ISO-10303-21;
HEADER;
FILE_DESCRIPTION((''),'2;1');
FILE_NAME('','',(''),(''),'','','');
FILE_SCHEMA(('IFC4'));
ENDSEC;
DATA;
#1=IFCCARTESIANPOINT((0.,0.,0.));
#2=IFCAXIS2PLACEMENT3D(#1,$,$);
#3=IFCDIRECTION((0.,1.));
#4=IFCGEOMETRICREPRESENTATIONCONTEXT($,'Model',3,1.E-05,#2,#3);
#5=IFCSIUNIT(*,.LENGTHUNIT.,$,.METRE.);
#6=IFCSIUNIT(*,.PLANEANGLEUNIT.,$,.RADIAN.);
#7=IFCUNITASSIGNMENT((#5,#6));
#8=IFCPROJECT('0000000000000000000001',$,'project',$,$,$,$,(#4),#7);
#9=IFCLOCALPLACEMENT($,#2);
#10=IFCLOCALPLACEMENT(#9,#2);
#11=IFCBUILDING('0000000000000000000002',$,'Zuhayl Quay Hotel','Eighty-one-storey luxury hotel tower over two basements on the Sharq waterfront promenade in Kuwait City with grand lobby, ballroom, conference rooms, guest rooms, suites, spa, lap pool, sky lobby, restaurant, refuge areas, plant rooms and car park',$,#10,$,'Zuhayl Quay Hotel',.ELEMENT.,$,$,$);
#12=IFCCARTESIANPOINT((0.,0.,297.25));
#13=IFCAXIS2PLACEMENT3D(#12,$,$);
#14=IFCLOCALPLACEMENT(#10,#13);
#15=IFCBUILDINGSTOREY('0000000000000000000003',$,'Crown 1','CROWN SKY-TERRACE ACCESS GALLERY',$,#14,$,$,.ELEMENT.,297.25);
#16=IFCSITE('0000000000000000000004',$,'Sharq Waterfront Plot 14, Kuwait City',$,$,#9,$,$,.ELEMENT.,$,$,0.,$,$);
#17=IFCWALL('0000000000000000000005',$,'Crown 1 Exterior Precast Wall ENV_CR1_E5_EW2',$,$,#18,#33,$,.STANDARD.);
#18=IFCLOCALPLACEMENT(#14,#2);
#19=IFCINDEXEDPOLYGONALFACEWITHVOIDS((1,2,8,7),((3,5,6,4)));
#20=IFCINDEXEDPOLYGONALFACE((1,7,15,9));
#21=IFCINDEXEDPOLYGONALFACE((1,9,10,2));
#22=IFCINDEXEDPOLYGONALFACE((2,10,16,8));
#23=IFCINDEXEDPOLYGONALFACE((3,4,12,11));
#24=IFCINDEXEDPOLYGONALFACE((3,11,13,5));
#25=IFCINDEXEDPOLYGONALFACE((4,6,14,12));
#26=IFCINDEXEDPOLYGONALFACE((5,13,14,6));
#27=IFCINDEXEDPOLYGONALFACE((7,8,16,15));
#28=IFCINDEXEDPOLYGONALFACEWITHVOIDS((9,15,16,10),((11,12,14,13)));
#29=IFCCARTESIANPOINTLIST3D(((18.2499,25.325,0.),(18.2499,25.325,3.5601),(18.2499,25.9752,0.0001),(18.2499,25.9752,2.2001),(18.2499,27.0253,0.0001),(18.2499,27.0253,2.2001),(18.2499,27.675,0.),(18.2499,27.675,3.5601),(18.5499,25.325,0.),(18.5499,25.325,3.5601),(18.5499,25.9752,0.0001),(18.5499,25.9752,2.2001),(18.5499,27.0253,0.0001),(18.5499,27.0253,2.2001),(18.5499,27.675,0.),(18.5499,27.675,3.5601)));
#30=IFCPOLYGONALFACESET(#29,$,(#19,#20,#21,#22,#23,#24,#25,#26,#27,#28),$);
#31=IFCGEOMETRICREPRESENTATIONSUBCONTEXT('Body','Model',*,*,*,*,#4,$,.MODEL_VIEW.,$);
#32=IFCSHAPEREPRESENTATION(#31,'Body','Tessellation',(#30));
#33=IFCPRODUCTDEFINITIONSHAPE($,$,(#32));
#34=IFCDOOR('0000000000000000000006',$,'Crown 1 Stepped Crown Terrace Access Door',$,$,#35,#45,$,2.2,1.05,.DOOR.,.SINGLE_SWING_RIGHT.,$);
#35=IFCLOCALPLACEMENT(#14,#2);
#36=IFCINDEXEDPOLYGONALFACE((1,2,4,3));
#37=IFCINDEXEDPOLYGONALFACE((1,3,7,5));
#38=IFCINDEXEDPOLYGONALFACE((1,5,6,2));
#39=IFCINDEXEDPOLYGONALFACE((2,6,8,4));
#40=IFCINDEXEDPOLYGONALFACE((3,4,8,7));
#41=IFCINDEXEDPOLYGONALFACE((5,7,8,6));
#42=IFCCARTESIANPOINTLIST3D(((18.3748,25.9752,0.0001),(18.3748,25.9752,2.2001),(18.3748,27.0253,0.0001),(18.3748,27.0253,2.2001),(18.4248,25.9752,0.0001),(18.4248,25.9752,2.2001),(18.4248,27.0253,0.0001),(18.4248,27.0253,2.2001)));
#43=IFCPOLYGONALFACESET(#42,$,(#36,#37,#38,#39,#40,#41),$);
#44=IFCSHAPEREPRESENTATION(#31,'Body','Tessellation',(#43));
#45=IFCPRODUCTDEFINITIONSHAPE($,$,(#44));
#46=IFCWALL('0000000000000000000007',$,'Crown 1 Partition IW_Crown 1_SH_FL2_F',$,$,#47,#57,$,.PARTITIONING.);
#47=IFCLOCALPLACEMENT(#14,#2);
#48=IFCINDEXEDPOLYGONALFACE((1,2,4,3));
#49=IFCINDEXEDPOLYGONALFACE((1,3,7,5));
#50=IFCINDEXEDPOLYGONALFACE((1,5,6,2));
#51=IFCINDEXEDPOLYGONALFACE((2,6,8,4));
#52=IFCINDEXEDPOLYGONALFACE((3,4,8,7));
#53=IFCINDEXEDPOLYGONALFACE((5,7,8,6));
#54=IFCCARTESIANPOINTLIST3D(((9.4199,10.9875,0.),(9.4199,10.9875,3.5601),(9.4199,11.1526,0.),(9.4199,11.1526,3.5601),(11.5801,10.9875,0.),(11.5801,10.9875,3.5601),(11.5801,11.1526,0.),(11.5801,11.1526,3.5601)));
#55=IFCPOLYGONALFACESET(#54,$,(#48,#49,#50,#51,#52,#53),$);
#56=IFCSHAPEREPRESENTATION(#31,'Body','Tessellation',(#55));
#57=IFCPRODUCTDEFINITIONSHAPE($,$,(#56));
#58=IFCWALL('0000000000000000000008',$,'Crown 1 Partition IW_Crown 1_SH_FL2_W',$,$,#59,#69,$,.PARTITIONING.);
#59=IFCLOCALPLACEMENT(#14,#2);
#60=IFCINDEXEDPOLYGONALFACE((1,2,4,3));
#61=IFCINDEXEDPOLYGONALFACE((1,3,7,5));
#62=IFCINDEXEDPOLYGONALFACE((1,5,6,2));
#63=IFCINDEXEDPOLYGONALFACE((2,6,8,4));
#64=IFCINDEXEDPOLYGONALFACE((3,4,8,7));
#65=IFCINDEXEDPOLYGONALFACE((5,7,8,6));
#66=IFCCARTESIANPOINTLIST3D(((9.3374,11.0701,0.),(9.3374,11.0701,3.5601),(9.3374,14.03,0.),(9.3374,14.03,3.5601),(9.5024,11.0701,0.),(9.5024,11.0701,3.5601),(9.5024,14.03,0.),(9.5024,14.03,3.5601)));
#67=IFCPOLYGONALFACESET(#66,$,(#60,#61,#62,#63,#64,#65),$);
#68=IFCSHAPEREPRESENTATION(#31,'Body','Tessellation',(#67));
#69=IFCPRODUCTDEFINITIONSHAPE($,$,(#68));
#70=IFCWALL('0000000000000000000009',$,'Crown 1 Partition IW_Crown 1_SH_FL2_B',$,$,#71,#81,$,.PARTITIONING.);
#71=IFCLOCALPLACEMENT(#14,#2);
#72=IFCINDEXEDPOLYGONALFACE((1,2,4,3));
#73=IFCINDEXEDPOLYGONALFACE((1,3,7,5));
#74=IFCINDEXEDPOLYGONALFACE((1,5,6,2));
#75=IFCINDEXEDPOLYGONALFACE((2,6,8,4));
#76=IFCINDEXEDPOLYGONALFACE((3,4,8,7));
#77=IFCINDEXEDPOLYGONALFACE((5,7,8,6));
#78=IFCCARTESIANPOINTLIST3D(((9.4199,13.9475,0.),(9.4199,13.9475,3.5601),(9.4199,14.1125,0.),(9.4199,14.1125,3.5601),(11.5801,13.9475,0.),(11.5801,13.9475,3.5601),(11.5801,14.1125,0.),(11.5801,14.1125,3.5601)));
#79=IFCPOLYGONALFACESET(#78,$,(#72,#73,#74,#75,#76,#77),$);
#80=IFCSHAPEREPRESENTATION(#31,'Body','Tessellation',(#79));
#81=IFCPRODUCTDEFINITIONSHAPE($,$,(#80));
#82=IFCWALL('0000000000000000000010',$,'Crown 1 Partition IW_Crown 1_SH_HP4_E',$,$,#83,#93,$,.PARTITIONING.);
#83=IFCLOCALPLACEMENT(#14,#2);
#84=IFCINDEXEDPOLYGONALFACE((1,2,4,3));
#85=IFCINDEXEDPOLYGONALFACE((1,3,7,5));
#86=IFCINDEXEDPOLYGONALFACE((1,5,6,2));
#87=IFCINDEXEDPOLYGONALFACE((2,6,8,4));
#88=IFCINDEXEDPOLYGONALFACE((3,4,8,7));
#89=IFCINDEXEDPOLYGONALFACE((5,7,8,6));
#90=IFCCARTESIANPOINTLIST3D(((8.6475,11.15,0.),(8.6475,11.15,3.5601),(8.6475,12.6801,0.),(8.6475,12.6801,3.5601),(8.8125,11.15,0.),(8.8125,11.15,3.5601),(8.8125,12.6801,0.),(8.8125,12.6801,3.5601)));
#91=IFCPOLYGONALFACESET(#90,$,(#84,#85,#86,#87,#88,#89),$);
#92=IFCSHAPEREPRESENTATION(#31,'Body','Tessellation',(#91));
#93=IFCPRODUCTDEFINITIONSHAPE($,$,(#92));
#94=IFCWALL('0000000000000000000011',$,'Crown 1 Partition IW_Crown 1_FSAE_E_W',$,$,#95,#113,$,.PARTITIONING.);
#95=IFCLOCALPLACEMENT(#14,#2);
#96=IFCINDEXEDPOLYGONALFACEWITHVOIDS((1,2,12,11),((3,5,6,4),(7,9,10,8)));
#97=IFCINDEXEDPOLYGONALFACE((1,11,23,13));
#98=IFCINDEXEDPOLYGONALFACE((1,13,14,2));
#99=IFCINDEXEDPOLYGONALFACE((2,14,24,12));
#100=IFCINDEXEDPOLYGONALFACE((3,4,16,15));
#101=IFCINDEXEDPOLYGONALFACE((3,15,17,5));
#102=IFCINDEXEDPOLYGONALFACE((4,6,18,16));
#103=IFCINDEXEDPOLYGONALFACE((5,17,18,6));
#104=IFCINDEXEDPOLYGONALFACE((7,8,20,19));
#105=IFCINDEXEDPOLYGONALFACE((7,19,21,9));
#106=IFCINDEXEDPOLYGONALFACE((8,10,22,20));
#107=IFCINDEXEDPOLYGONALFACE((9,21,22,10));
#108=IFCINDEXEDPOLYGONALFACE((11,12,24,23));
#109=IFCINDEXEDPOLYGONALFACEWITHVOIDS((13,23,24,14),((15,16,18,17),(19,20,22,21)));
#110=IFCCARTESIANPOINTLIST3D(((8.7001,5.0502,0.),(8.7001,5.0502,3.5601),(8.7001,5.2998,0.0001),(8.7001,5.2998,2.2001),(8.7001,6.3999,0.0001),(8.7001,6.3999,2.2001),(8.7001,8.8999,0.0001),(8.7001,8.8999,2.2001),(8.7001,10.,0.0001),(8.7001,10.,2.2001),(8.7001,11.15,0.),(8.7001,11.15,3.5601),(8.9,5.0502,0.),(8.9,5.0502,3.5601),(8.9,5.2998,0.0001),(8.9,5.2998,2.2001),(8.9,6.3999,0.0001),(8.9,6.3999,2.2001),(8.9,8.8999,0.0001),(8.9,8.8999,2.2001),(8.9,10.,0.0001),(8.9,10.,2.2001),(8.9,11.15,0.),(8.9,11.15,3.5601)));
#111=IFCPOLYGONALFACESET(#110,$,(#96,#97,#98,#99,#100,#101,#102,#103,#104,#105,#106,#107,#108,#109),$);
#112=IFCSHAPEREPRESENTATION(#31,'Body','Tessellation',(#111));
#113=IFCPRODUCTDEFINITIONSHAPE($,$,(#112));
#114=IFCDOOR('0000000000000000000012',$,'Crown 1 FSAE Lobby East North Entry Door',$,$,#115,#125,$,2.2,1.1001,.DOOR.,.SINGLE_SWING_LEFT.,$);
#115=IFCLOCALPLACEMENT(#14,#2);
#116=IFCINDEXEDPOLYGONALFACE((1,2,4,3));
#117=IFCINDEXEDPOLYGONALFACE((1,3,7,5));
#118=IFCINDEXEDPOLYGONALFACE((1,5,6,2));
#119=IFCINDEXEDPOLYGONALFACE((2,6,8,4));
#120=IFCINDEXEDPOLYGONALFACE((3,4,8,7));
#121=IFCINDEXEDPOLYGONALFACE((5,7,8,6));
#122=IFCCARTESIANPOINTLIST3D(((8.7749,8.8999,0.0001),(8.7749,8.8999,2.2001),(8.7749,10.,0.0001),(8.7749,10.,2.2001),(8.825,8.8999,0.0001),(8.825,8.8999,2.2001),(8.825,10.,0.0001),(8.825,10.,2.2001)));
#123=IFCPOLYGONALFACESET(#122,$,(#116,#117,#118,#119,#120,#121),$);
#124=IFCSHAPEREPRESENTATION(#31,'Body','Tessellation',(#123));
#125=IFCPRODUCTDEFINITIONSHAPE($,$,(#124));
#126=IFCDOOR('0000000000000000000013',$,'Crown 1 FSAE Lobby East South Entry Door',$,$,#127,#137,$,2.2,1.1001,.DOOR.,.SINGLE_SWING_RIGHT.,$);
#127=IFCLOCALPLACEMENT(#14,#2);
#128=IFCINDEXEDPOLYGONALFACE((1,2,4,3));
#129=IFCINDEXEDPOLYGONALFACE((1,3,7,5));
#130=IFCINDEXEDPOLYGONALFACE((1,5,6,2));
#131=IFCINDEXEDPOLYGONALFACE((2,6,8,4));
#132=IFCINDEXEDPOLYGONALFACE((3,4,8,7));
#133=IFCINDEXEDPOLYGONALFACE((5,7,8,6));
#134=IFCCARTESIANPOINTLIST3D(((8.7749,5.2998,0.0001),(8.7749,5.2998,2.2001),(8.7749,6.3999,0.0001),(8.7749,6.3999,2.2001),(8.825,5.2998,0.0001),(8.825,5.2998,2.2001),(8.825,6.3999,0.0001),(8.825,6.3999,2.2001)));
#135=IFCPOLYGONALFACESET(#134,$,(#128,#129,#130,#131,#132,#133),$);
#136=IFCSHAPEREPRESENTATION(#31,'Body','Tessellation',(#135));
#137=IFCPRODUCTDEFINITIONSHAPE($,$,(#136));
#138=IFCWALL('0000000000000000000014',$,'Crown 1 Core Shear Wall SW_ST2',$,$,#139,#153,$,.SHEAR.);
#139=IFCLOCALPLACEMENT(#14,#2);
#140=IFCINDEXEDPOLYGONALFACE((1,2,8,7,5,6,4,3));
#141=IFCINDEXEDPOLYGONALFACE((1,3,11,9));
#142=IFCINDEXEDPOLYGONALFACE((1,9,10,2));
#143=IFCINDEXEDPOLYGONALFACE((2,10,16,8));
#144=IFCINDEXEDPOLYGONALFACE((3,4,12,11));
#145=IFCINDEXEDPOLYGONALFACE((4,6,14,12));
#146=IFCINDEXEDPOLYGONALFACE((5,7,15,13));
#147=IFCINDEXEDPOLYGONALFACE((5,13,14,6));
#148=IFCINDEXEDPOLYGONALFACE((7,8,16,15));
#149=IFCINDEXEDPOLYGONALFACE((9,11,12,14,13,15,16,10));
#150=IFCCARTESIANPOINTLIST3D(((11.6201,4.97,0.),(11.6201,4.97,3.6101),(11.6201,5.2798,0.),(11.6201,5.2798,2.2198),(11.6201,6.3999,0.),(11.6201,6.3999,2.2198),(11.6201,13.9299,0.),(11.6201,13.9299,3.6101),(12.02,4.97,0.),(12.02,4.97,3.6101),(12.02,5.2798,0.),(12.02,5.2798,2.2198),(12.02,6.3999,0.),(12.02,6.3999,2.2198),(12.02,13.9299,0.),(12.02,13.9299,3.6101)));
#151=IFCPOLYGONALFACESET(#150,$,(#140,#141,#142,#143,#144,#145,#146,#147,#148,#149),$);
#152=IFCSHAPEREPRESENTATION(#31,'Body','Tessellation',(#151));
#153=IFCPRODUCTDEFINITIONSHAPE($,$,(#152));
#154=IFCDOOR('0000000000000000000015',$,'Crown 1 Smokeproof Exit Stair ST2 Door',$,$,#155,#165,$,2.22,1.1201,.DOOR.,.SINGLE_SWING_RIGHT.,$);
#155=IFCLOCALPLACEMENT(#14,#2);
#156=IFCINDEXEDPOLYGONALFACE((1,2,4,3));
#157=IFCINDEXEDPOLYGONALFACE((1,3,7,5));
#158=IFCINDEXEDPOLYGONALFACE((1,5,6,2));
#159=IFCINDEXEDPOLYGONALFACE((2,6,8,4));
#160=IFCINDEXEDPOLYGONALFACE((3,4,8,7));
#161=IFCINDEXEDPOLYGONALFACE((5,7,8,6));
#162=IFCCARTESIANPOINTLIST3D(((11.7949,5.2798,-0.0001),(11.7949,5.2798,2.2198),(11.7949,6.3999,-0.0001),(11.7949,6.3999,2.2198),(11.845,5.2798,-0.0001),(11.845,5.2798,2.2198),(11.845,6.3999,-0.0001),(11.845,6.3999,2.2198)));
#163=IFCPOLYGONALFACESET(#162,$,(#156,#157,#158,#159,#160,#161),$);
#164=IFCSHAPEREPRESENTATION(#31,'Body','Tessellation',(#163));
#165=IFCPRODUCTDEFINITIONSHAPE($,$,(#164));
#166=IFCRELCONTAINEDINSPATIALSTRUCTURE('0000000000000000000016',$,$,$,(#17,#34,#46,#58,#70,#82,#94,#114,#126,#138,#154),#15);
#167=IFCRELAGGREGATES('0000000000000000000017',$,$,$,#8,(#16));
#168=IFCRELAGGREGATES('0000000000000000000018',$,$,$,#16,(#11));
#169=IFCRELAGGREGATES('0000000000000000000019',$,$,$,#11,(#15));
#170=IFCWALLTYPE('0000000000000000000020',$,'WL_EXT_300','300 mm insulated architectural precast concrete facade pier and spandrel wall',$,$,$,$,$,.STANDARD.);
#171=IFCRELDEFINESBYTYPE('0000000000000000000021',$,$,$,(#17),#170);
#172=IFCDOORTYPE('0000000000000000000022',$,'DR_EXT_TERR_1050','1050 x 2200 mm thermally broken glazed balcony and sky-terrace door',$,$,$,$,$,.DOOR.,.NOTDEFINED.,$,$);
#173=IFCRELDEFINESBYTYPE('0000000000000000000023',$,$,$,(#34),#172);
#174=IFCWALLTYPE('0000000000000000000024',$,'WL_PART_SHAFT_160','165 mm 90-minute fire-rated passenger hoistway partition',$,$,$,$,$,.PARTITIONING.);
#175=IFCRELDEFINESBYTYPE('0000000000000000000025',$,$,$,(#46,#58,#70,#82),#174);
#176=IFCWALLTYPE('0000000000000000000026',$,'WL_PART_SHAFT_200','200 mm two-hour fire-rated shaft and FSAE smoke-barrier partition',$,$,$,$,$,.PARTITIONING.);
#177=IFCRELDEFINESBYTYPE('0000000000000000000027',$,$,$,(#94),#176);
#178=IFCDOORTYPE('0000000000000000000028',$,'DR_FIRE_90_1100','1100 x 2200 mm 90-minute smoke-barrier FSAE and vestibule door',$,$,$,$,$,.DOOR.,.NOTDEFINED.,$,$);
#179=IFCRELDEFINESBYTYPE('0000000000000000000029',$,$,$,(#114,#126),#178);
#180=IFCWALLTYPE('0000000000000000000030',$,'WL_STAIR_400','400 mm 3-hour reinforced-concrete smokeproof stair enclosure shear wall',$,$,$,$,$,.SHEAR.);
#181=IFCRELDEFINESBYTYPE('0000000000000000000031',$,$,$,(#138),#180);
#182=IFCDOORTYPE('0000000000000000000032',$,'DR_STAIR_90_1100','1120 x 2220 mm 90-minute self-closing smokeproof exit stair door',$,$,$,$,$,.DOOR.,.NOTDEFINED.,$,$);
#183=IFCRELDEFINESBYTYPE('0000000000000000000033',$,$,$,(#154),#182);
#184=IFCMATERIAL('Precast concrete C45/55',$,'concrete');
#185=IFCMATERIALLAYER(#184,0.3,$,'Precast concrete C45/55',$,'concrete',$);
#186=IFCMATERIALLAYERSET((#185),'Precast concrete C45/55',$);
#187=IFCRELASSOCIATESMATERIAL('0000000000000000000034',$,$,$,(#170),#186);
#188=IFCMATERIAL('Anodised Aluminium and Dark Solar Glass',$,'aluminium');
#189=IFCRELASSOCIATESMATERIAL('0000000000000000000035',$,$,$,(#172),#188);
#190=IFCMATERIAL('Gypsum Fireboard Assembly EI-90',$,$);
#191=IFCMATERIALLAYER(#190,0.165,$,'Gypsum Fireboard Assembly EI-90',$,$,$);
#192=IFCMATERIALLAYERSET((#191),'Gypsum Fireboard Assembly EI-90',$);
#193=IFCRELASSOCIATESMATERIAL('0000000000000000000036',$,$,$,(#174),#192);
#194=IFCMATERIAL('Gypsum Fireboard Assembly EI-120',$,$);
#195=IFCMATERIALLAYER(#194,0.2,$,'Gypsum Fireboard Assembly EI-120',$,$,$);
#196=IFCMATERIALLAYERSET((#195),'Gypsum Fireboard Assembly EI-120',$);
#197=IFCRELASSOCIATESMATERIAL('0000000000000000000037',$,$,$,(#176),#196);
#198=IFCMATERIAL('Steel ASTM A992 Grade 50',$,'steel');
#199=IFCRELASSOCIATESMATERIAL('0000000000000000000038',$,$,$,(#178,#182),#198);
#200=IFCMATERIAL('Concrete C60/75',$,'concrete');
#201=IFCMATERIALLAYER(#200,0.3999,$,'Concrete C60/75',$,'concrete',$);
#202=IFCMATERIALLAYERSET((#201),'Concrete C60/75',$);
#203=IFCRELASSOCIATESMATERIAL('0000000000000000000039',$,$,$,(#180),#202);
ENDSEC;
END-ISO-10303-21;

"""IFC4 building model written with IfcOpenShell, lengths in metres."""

from ifc_helpers import new_model, si_unit, direction, frame, frame_2d, origin, place, context, subcontext, project, spatial, rectangle, extrude, material, layer, layer_set, type_object, element, fill, save


model = new_model("IFC4")

# Units and contexts
model_context = context("Model", 3, precision=1e-05, world=origin(), true_north=direction((0.0, 1.0)))
body_context = subcontext(model_context, "Body", "Model", "MODEL_VIEW")
ifc_project = project(units=[si_unit("LENGTHUNIT", "METRE"), si_unit("PLANEANGLEUNIT", "RADIAN")], contexts=[model_context])

# Site, building, storey
site_placement = place(None, origin())
site = spatial("IfcSite", under=ifc_project, at=site_placement, Name="Sharq Waterfront Plot 14, Kuwait City", CompositionType="ELEMENT", RefElevation=0.0)
building_placement = place(site_placement, origin())
building = spatial("IfcBuilding", under=site, at=building_placement, Name="Zuhayl Quay Hotel", Description="Eighty-one-storey luxury hotel tower over two basements on the Sharq waterfront promenade in Kuwait City with grand lobby, ballroom, conference rooms, guest rooms, suites, spa, lap pool, sky lobby, restaurant, refuge areas, plant rooms and car park", LongName="Zuhayl Quay Hotel", CompositionType="ELEMENT")
storey_placement = place(building_placement, frame((0.0, 0.0, 297.25)))
storey = spatial("IfcBuildingStorey", under=building, at=storey_placement, Name="Crown 1", Description="CROWN SKY-TERRACE ACCESS GALLERY", CompositionType="ELEMENT", Elevation=297.25)

# Shared definitions
ifc_material_1 = material(Name="Concrete C60/75", Category="concrete")

# Wall, opening, door
ifc_material_2 = material(Name="Precast concrete C45/55", Category="concrete")
ifc_layer_1 = layer(ifc_material_2, 0.3, Name="Precast concrete C45/55", Category="concrete")
ifc_layer_set_1 = layer_set([ifc_layer_1], Name="Precast concrete C45/55")
wall_type_1 = type_object("IfcWallType", Name="WL_EXT_300", Description="300 mm insulated architectural precast concrete facade pier and spandrel wall", PredefinedType="STANDARD", material=ifc_layer_set_1)
wall_1_placement = place(storey_placement, frame((18.3999, 27.675, 0.0), z_axis=(0.0, 0.0, 1.0), x_axis=(0.0, -1.0, 0.0)))
wall_1 = element("IfcWall", 1, at=wall_1_placement, inside=storey, type_object=wall_type_1, Name="Crown 1 Exterior Precast Wall ENV_CR1_E5_EW2", PredefinedType="STANDARD", context=body_context, shape_type="SweptSolid", body=[
    extrude(rectangle(XDim=2.3501, YDim=0.3, at=frame_2d((1.175, 0.0))), origin(), (0.0, 0.0, 1.0), 3.5601),
])
opening_1_placement = place(wall_1_placement, frame((0.6499, 0.0, 0.0)))
opening_1 = element("IfcOpeningElement", 2, at=opening_1_placement, cuts=wall_1, PredefinedType="OPENING", context=body_context, shape_type="SweptSolid", body=[
    extrude(rectangle(XDim=1.05, YDim=2.2, at=frame_2d((0.5249, 1.1001))), frame((0.0, 0.1599, 0.0), z_axis=(0.0, -1.0, 0.0), x_axis=(1.0, 0.0, 0.0)), (0.0, 0.0, 1.0), 0.3201),
])
ifc_material_3 = material(Name="Anodised Aluminium and Dark Solar Glass", Category="aluminium")
door_type_1 = type_object("IfcDoorType", Name="DR_EXT_TERR_1050", Description="1050 x 2200 mm thermally broken glazed balcony and sky-terrace door", OperationType="NOTDEFINED", PredefinedType="DOOR", material=ifc_material_3)
door_1_placement = place(opening_1_placement, origin())
door_1 = element("IfcDoor", 3, at=door_1_placement, inside=storey, type_object=door_type_1, Name="Crown 1 Stepped Crown Terrace Access Door", OperationType="SINGLE_SWING_RIGHT", OverallHeight=2.2, OverallWidth=1.05, PredefinedType="DOOR", context=body_context, shape_type="SweptSolid", body=[
    extrude(rectangle(XDim=1.05, YDim=2.2, at=frame_2d((0.5249, 1.1001))), frame((0.0, 0.0249, 0.0), z_axis=(0.0, -1.0, 0.0), x_axis=(1.0, 0.0, 0.0)), (0.0, 0.0, 1.0), 0.05),
])
fill(opening_1, door_1)

# Walls
ifc_material_4 = material(Name="Gypsum Fireboard Assembly EI-90")
ifc_layer_2 = layer(ifc_material_4, 0.165, Name="Gypsum Fireboard Assembly EI-90")
ifc_layer_set_2 = layer_set([ifc_layer_2], Name="Gypsum Fireboard Assembly EI-90")
wall_type_2 = type_object("IfcWallType", Name="WL_PART_SHAFT_160", Description="165 mm 90-minute fire-rated passenger hoistway partition", PredefinedType="PARTITIONING", material=ifc_layer_set_2)
wall_2_placement = place(storey_placement, frame((9.4199, 11.0701, 0.0), z_axis=(0.0, 0.0, 1.0), x_axis=(1.0, 0.0, 0.0)))
element("IfcWall", 4, at=wall_2_placement, inside=storey, type_object=wall_type_2, Name="Crown 1 Partition IW_Crown 1_SH_FL2_F", PredefinedType="PARTITIONING", context=body_context, shape_type="SweptSolid", body=[
    extrude(rectangle(XDim=2.1602, YDim=0.165, at=frame_2d((1.0801, 0.0))), origin(), (0.0, 0.0, 1.0), 3.5601),
])
wall_3_placement = place(storey_placement, frame((9.4199, 11.0701, 0.0), z_axis=(0.0, 0.0, 1.0), x_axis=(0.0, 1.0, 0.0)))
element("IfcWall", 5, at=wall_3_placement, inside=storey, type_object=wall_type_2, Name="Crown 1 Partition IW_Crown 1_SH_FL2_W", PredefinedType="PARTITIONING", context=body_context, shape_type="SweptSolid", body=[
    extrude(rectangle(XDim=2.96, YDim=0.165, at=frame_2d((1.48, 0.0))), origin(), (0.0, 0.0, 1.0), 3.5601),
])
wall_4_placement = place(storey_placement, frame((9.4199, 14.03, 0.0), z_axis=(0.0, 0.0, 1.0), x_axis=(1.0, 0.0, 0.0)))
element("IfcWall", 6, at=wall_4_placement, inside=storey, type_object=wall_type_2, Name="Crown 1 Partition IW_Crown 1_SH_FL2_B", PredefinedType="PARTITIONING", context=body_context, shape_type="SweptSolid", body=[
    extrude(rectangle(XDim=2.1602, YDim=0.165, at=frame_2d((1.0801, 0.0))), origin(), (0.0, 0.0, 1.0), 3.5601),
])
wall_5_placement = place(storey_placement, frame((8.73, 11.1499, 0.0), z_axis=(0.0, 0.0, 1.0), x_axis=(0.0, 1.0, 0.0)))
element("IfcWall", 7, at=wall_5_placement, inside=storey, type_object=wall_type_2, Name="Crown 1 Partition IW_Crown 1_SH_HP4_E", PredefinedType="PARTITIONING", context=body_context, shape_type="SweptSolid", body=[
    extrude(rectangle(XDim=1.53, YDim=0.165, at=frame_2d((0.7651, 0.0))), origin(), (0.0, 0.0, 1.0), 3.5601),
])

# Wall, openings, doors
ifc_material_5 = material(Name="Gypsum Fireboard Assembly EI-120")
ifc_layer_3 = layer(ifc_material_5, 0.2, Name="Gypsum Fireboard Assembly EI-120")
ifc_layer_set_3 = layer_set([ifc_layer_3], Name="Gypsum Fireboard Assembly EI-120")
wall_type_3 = type_object("IfcWallType", Name="WL_PART_SHAFT_200", Description="200 mm two-hour fire-rated shaft and FSAE smoke-barrier partition", PredefinedType="PARTITIONING", material=ifc_layer_set_3)
wall_6_placement = place(storey_placement, frame((8.8, 11.1499, 0.0), z_axis=(0.0, 0.0, 1.0), x_axis=(0.0, -1.0, 0.0)))
wall_6 = element("IfcWall", 8, at=wall_6_placement, inside=storey, type_object=wall_type_3, Name="Crown 1 Partition IW_Crown 1_FSAE_E_W", PredefinedType="PARTITIONING", context=body_context, shape_type="SweptSolid", body=[
    extrude(rectangle(XDim=6.0999, YDim=0.2, at=frame_2d((3.0498, 0.0))), origin(), (0.0, 0.0, 1.0), 3.5601),
])
opening_2_placement = place(wall_6_placement, frame((1.1499, 0.0, 0.0)))
opening_2 = element("IfcOpeningElement", 9, at=opening_2_placement, cuts=wall_6, PredefinedType="OPENING", context=body_context, shape_type="SweptSolid", body=[
    extrude(rectangle(XDim=1.1001, YDim=2.2, at=frame_2d((0.55, 1.1001))), frame((0.0, 0.1099, 0.0), z_axis=(0.0, -1.0, 0.0), x_axis=(1.0, 0.0, 0.0)), (0.0, 0.0, 1.0), 0.22),
])
opening_3_placement = place(wall_6_placement, frame((4.75, 0.0, 0.0)))
opening_3 = element("IfcOpeningElement", 10, at=opening_3_placement, cuts=wall_6, PredefinedType="OPENING", context=body_context, shape_type="SweptSolid", body=[
    extrude(rectangle(XDim=1.1001, YDim=2.2, at=frame_2d((0.55, 1.1001))), frame((0.0, 0.1099, 0.0), z_axis=(0.0, -1.0, 0.0), x_axis=(1.0, 0.0, 0.0)), (0.0, 0.0, 1.0), 0.22),
])
ifc_material_6 = material(Name="Steel ASTM A992 Grade 50", Category="steel")
door_type_2 = type_object("IfcDoorType", Name="DR_FIRE_90_1100", Description="1100 x 2200 mm 90-minute smoke-barrier FSAE and vestibule door", OperationType="NOTDEFINED", PredefinedType="DOOR", material=ifc_material_6)
door_2_placement = place(opening_2_placement, origin())
door_2 = element("IfcDoor", 11, at=door_2_placement, inside=storey, type_object=door_type_2, Name="Crown 1 FSAE Lobby East North Entry Door", OperationType="SINGLE_SWING_LEFT", OverallHeight=2.2, OverallWidth=1.1001, PredefinedType="DOOR", context=body_context, shape_type="SweptSolid", body=[
    extrude(rectangle(XDim=1.1001, YDim=2.2, at=frame_2d((0.55, 1.1001))), frame((0.0, 0.0249, 0.0), z_axis=(0.0, -1.0, 0.0), x_axis=(1.0, 0.0, 0.0)), (0.0, 0.0, 1.0), 0.05),
])
fill(opening_2, door_2)
door_3_placement = place(opening_3_placement, origin())
door_3 = element("IfcDoor", 12, at=door_3_placement, inside=storey, type_object=door_type_2, Name="Crown 1 FSAE Lobby East South Entry Door", OperationType="SINGLE_SWING_RIGHT", OverallHeight=2.2, OverallWidth=1.1001, PredefinedType="DOOR", context=body_context, shape_type="SweptSolid", body=[
    extrude(rectangle(XDim=1.1001, YDim=2.2, at=frame_2d((0.55, 1.1001))), frame((0.0, 0.0249, 0.0), z_axis=(0.0, -1.0, 0.0), x_axis=(1.0, 0.0, 0.0)), (0.0, 0.0, 1.0), 0.05),
])
fill(opening_3, door_3)

# Wall, opening, door
ifc_layer_4 = layer(ifc_material_1, 0.3999, Name="Concrete C60/75", Category="concrete")
ifc_layer_set_4 = layer_set([ifc_layer_4], Name="Concrete C60/75")
wall_type_4 = type_object("IfcWallType", Name="WL_STAIR_400", Description="400 mm 3-hour reinforced-concrete smokeproof stair enclosure shear wall", PredefinedType="SHEAR", material=ifc_layer_set_4)
wall_7_placement = place(storey_placement, frame((11.8201, 13.9299, 0.0), z_axis=(0.0, 0.0, 1.0), x_axis=(0.0, -1.0, 0.0)))
wall_7 = element("IfcWall", 13, at=wall_7_placement, inside=storey, type_object=wall_type_4, Name="Crown 1 Core Shear Wall SW_ST2", PredefinedType="SHEAR", context=body_context, shape_type="SweptSolid", body=[
    extrude(rectangle(XDim=8.96, YDim=0.3999, at=frame_2d((4.48, 0.0))), origin(), (0.0, 0.0, 1.0), 3.6101),
])
opening_4_placement = place(wall_7_placement, frame((7.53, 0.0, 0.0)))
opening_4 = element("IfcOpeningElement", 14, at=opening_4_placement, cuts=wall_7, PredefinedType="OPENING", context=body_context, shape_type="SweptSolid", body=[
    extrude(rectangle(XDim=1.1201, YDim=2.22, at=frame_2d((0.5601, 1.1099))), frame((0.0, 0.21, 0.0), z_axis=(0.0, -1.0, 0.0), x_axis=(1.0, 0.0, 0.0)), (0.0, 0.0, 1.0), 0.4199),
])
door_type_3 = type_object("IfcDoorType", Name="DR_STAIR_90_1100", Description="1120 x 2220 mm 90-minute self-closing smokeproof exit stair door", OperationType="NOTDEFINED", PredefinedType="DOOR", material=ifc_material_6)
door_4_placement = place(opening_4_placement, origin())
door_4 = element("IfcDoor", 15, at=door_4_placement, inside=storey, type_object=door_type_3, Name="Crown 1 Smokeproof Exit Stair ST2 Door", OperationType="SINGLE_SWING_RIGHT", OverallHeight=2.22, OverallWidth=1.1201, PredefinedType="DOOR", context=body_context, shape_type="SweptSolid", body=[
    extrude(rectangle(XDim=1.1201, YDim=2.22, at=frame_2d((0.5601, 1.1099))), frame((0.0, 0.0249, 0.0), z_axis=(0.0, -1.0, 0.0), x_axis=(1.0, 0.0, 0.0)), (0.0, 0.0, 1.0), 0.05),
])
fill(opening_4, door_4)

save(model, "model.ifc")
